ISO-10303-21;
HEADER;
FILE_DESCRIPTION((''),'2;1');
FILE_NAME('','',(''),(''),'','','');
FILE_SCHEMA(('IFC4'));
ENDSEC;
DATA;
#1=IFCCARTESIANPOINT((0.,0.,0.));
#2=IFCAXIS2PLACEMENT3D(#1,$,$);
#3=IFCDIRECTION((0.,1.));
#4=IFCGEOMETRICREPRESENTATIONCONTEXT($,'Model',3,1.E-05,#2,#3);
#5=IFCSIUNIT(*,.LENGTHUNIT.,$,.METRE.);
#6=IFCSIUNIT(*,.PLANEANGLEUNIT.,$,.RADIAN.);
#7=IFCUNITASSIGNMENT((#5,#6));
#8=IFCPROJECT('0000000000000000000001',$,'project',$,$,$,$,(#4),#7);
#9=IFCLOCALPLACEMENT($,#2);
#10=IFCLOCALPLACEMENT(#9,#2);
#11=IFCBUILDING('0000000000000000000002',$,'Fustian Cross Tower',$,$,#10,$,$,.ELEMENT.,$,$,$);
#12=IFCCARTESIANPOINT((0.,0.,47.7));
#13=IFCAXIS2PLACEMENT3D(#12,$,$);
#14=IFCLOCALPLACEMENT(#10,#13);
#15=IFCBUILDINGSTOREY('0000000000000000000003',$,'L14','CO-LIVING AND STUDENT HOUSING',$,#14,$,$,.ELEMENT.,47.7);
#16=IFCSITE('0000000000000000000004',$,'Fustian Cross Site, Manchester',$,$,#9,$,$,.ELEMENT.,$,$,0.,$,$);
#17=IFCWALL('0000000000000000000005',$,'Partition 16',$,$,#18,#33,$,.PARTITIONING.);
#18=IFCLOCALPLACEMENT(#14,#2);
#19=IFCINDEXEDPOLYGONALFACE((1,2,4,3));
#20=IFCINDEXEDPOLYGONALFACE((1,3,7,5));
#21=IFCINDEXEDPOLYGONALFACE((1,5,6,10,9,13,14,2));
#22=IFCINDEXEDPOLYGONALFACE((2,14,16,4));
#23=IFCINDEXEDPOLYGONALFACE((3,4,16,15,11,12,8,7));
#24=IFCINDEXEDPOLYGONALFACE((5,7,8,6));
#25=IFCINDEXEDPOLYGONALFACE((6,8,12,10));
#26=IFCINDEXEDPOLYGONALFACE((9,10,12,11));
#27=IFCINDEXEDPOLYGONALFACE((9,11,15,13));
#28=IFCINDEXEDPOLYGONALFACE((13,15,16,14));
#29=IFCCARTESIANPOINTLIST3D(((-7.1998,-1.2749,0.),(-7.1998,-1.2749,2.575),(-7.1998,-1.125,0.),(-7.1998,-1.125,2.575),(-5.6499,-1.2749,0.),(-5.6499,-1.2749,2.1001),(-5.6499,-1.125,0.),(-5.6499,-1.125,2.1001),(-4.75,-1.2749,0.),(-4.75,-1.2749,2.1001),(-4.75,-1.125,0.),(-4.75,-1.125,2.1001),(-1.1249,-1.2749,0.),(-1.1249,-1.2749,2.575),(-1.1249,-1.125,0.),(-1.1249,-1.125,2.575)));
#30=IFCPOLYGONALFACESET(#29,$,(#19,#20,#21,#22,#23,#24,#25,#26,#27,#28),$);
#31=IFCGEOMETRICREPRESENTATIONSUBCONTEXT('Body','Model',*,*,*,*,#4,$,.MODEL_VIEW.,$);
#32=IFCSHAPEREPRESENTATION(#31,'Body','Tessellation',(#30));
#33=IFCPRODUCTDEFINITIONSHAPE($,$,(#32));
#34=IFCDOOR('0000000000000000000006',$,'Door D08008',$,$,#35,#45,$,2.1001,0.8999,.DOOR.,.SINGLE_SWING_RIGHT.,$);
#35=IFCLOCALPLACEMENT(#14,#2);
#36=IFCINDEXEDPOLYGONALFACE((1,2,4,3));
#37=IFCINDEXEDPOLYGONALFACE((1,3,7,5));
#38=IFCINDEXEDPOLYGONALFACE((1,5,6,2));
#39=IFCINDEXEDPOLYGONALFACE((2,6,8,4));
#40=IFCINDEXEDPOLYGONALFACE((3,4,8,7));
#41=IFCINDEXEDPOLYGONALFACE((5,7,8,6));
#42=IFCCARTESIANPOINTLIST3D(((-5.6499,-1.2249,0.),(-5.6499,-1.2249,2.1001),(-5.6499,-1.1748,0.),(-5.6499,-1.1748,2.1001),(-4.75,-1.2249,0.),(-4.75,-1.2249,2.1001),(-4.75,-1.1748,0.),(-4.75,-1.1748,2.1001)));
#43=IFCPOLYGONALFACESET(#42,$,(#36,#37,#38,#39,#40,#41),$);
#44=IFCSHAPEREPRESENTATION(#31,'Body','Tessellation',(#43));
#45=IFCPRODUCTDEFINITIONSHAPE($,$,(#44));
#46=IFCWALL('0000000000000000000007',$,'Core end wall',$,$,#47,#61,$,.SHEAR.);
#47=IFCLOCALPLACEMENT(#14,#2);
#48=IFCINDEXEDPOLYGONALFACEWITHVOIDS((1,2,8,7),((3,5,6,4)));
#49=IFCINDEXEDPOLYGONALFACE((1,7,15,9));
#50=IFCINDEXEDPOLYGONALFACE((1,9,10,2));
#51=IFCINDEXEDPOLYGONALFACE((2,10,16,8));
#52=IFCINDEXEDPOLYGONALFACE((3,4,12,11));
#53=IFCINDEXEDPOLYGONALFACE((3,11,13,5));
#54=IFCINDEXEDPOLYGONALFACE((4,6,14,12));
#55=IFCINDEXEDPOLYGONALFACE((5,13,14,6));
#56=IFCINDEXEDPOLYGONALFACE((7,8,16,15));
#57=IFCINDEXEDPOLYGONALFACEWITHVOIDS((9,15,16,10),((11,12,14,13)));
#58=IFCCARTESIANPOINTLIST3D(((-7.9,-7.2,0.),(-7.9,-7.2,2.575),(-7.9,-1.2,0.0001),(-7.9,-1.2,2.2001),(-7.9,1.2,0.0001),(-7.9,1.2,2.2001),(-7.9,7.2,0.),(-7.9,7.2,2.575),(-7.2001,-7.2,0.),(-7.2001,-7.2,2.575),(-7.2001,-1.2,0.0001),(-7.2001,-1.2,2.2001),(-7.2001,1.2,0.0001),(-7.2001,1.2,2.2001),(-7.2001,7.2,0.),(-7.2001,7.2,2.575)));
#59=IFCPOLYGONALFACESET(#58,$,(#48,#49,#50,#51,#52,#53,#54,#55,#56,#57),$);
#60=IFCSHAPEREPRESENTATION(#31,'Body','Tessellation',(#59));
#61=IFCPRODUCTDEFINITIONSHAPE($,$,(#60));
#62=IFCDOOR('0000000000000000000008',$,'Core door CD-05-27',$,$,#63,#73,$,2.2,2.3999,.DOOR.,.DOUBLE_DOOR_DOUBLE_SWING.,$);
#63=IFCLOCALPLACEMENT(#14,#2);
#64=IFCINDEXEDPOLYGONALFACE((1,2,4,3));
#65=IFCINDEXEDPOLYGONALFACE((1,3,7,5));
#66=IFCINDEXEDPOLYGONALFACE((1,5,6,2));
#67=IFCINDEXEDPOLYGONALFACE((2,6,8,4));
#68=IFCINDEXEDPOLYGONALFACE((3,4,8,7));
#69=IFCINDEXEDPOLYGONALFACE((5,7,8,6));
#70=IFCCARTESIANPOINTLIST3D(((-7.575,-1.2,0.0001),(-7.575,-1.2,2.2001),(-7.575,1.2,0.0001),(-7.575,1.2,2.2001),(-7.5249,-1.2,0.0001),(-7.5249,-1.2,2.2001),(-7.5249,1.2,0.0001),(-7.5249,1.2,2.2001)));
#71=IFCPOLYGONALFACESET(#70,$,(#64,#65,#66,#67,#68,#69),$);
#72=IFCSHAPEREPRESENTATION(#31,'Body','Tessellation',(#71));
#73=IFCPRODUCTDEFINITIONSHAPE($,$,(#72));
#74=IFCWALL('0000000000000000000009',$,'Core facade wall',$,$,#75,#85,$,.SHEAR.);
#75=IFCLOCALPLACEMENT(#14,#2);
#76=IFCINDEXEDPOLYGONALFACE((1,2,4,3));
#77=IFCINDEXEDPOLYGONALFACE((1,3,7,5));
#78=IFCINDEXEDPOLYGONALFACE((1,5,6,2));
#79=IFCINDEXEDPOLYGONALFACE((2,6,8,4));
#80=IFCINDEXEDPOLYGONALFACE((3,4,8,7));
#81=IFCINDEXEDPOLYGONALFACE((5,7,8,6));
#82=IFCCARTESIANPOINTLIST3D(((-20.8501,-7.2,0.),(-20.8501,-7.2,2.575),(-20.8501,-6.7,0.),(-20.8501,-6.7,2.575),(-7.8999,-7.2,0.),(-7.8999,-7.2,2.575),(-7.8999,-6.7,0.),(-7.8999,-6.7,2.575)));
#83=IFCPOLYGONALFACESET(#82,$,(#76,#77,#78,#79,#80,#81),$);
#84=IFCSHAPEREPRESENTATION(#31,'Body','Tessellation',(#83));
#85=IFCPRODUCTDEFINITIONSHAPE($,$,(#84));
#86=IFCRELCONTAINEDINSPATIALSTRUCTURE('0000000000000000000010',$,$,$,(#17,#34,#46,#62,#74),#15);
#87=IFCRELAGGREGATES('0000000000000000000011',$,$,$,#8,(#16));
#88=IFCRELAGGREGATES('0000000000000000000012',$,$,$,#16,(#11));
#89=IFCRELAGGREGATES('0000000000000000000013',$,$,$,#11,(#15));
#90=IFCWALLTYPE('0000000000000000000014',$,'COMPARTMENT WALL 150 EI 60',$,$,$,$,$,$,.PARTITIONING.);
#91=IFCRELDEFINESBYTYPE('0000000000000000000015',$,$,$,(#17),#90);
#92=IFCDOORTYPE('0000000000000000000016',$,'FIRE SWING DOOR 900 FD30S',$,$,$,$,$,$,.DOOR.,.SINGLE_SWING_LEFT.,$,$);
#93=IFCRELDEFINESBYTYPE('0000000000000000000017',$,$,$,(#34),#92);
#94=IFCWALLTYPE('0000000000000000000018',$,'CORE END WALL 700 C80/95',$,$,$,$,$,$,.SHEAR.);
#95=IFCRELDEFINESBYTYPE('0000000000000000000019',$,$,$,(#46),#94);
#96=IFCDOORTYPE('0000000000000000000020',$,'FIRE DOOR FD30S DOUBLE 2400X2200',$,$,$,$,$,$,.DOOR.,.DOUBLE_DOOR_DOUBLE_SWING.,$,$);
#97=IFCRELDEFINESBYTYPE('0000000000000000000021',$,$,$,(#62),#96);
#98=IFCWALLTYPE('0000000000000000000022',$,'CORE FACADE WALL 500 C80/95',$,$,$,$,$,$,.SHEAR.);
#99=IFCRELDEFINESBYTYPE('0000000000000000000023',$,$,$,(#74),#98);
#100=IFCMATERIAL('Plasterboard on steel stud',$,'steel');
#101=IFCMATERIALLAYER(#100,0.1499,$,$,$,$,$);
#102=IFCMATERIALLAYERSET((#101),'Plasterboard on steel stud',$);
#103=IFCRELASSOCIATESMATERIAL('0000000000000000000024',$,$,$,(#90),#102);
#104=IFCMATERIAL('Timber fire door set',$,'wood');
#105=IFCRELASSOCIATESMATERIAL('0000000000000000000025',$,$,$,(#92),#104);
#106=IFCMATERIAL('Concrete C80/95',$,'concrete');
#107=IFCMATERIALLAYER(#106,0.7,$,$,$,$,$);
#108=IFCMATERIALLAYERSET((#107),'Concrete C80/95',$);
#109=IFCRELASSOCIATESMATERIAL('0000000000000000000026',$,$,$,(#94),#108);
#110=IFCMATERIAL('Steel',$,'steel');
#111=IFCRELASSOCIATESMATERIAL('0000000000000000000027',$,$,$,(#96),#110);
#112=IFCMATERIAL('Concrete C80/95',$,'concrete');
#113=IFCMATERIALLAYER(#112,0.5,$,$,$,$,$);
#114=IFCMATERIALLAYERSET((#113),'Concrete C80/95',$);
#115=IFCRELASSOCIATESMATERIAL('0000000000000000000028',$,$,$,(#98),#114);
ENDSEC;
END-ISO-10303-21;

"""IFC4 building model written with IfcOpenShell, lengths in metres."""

from ifc_helpers import new_model, si_unit, direction, frame, frame_2d, origin, place, context, subcontext, project, spatial, rectangle, extrude, material, layer, layer_set, type_object, element, fill, save


model = new_model("IFC4")

# Units and contexts
model_context = context("Model", 3, precision=1e-05, world=origin(), true_north=direction((0.0, 1.0)))
body_context = subcontext(model_context, "Body", "Model", "MODEL_VIEW")
ifc_project = project(units=[si_unit("LENGTHUNIT", "METRE"), si_unit("PLANEANGLEUNIT", "RADIAN")], contexts=[model_context])

# Site, building, storey
site_placement = place(None, origin())
site = spatial("IfcSite", under=ifc_project, at=site_placement, Name="Fustian Cross Site, Manchester", CompositionType="ELEMENT", RefElevation=0.0)
building_placement = place(site_placement, origin())
building = spatial("IfcBuilding", under=site, at=building_placement, Name="Fustian Cross Tower", CompositionType="ELEMENT")
storey_placement = place(building_placement, frame((0.0, 0.0, 47.7)))
storey = spatial("IfcBuildingStorey", under=building, at=storey_placement, Name="L14", Description="CO-LIVING AND STUDENT HOUSING", CompositionType="ELEMENT", Elevation=47.7)

# Walls, openings, doors
ifc_material_1 = material(Name="Plasterboard on steel stud", Category="steel")
ifc_layer_1 = layer(ifc_material_1, 0.1499)
ifc_layer_set_1 = layer_set([ifc_layer_1], Name="Plasterboard on steel stud")
wall_type_1 = type_object("IfcWallType", Name="COMPARTMENT WALL 150 EI 60", PredefinedType="PARTITIONING", material=ifc_layer_set_1)
wall_1_placement = place(storey_placement, frame((-7.2, -1.2, 0.0), z_axis=(0.0, 0.0, 1.0), x_axis=(1.0, 0.0, 0.0)))
wall_1 = element("IfcWall", 1, at=wall_1_placement, inside=storey, type_object=wall_type_1, Name="Partition 16", PredefinedType="PARTITIONING", context=body_context, shape_type="SweptSolid", body=[
    extrude(rectangle(XDim=6.075, YDim=0.1499, at=frame_2d((3.0376, 0.0))), origin(), (0.0, 0.0, 1.0), 2.575),
])
opening_1_placement = place(wall_1_placement, frame((1.55, 0.0, 0.0)))
opening_1 = element("IfcOpeningElement", 2, at=opening_1_placement, cuts=wall_1, PredefinedType="OPENING", context=body_context, shape_type="SweptSolid", body=[
    extrude(rectangle(XDim=0.8999, YDim=2.1001, at=frame_2d((0.45, 1.05))), frame((0.0, 0.085, 0.0), z_axis=(0.0, -1.0, 0.0), x_axis=(1.0, 0.0, 0.0)), (0.0, 0.0, 1.0), 0.1699),
])
ifc_material_2 = material(Name="Timber fire door set", Category="wood")
door_type_1 = type_object("IfcDoorType", Name="FIRE SWING DOOR 900 FD30S", OperationType="SINGLE_SWING_LEFT", PredefinedType="DOOR", material=ifc_material_2)
door_1_placement = place(opening_1_placement, frame((0.8999, 0.0, 0.0), z_axis=(0.0, 0.0, 1.0), x_axis=(-1.0, 0.0, 0.0)))
door_1 = element("IfcDoor", 3, at=door_1_placement, inside=storey, type_object=door_type_1, Name="Door D08008", OperationType="SINGLE_SWING_RIGHT", OverallHeight=2.1001, OverallWidth=0.8999, PredefinedType="DOOR", context=body_context, shape_type="SweptSolid", body=[
    extrude(rectangle(XDim=0.8999, YDim=2.1001, at=frame_2d((0.45, 1.05))), frame((0.0, 0.0249, 0.0), z_axis=(0.0, -1.0, 0.0), x_axis=(1.0, 0.0, 0.0)), (0.0, 0.0, 1.0), 0.05),
])
fill(opening_1, door_1)
ifc_material_3 = material(Name="Concrete C80/95", Category="concrete")
ifc_layer_2 = layer(ifc_material_3, 0.7)
ifc_layer_set_2 = layer_set([ifc_layer_2], Name="Concrete C80/95")
wall_type_2 = type_object("IfcWallType", Name="CORE END WALL 700 C80/95", PredefinedType="SHEAR", material=ifc_layer_set_2)
wall_2_placement = place(storey_placement, frame((-7.55, -7.2, 0.0), z_axis=(0.0, 0.0, 1.0), x_axis=(0.0, 1.0, 0.0)))
wall_2 = element("IfcWall", 4, at=wall_2_placement, inside=storey, type_object=wall_type_2, Name="Core end wall", PredefinedType="SHEAR", context=body_context, shape_type="SweptSolid", body=[
    extrude(rectangle(XDim=14.3999, YDim=0.7, at=frame_2d((7.2, 0.0))), origin(), (0.0, 0.0, 1.0), 2.575),
])
opening_2_placement = place(wall_2_placement, frame((6.0, 0.0, 0.0)))
opening_2 = element("IfcOpeningElement", 5, at=opening_2_placement, cuts=wall_2, PredefinedType="OPENING", context=body_context, shape_type="SweptSolid", body=[
    extrude(rectangle(XDim=2.3999, YDim=2.2, at=frame_2d((1.2, 1.1001))), frame((0.0, 0.3599, 0.0), z_axis=(0.0, -1.0, 0.0), x_axis=(1.0, 0.0, 0.0)), (0.0, 0.0, 1.0), 0.72),
])
ifc_material_4 = material(Name="Steel", Category="steel")
door_type_2 = type_object("IfcDoorType", Name="FIRE DOOR FD30S DOUBLE 2400X2200", OperationType="DOUBLE_DOOR_DOUBLE_SWING", PredefinedType="DOOR", material=ifc_material_4)
door_2_placement = place(opening_2_placement, origin())
door_2 = element("IfcDoor", 6, at=door_2_placement, inside=storey, type_object=door_type_2, Name="Core door CD-05-27", OperationType="DOUBLE_DOOR_DOUBLE_SWING", OverallHeight=2.2, OverallWidth=2.3999, PredefinedType="DOOR", context=body_context, shape_type="SweptSolid", body=[
    extrude(rectangle(XDim=2.3999, YDim=2.2, at=frame_2d((1.2, 1.1001))), frame((0.0, 0.0249, 0.0), z_axis=(0.0, -1.0, 0.0), x_axis=(1.0, 0.0, 0.0)), (0.0, 0.0, 1.0), 0.05),
])
fill(opening_2, door_2)

# Wall
ifc_material_5 = material(Name="Concrete C80/95", Category="concrete")
ifc_layer_3 = layer(ifc_material_5, 0.5)
ifc_layer_set_3 = layer_set([ifc_layer_3], Name="Concrete C80/95")
wall_type_3 = type_object("IfcWallType", Name="CORE FACADE WALL 500 C80/95", PredefinedType="SHEAR", material=ifc_layer_set_3)
wall_3_placement = place(storey_placement, frame((-7.8999, -6.95, 0.0), z_axis=(0.0, 0.0, 1.0), x_axis=(-1.0, 0.0, 0.0)))
element("IfcWall", 7, at=wall_3_placement, inside=storey, type_object=wall_type_3, Name="Core facade wall", PredefinedType="SHEAR", context=body_context, shape_type="SweptSolid", body=[
    extrude(rectangle(XDim=12.9502, YDim=0.5, at=frame_2d((6.4751, 0.0))), origin(), (0.0, 0.0, 1.0), 2.575),
])

save(model, "model.ifc")
